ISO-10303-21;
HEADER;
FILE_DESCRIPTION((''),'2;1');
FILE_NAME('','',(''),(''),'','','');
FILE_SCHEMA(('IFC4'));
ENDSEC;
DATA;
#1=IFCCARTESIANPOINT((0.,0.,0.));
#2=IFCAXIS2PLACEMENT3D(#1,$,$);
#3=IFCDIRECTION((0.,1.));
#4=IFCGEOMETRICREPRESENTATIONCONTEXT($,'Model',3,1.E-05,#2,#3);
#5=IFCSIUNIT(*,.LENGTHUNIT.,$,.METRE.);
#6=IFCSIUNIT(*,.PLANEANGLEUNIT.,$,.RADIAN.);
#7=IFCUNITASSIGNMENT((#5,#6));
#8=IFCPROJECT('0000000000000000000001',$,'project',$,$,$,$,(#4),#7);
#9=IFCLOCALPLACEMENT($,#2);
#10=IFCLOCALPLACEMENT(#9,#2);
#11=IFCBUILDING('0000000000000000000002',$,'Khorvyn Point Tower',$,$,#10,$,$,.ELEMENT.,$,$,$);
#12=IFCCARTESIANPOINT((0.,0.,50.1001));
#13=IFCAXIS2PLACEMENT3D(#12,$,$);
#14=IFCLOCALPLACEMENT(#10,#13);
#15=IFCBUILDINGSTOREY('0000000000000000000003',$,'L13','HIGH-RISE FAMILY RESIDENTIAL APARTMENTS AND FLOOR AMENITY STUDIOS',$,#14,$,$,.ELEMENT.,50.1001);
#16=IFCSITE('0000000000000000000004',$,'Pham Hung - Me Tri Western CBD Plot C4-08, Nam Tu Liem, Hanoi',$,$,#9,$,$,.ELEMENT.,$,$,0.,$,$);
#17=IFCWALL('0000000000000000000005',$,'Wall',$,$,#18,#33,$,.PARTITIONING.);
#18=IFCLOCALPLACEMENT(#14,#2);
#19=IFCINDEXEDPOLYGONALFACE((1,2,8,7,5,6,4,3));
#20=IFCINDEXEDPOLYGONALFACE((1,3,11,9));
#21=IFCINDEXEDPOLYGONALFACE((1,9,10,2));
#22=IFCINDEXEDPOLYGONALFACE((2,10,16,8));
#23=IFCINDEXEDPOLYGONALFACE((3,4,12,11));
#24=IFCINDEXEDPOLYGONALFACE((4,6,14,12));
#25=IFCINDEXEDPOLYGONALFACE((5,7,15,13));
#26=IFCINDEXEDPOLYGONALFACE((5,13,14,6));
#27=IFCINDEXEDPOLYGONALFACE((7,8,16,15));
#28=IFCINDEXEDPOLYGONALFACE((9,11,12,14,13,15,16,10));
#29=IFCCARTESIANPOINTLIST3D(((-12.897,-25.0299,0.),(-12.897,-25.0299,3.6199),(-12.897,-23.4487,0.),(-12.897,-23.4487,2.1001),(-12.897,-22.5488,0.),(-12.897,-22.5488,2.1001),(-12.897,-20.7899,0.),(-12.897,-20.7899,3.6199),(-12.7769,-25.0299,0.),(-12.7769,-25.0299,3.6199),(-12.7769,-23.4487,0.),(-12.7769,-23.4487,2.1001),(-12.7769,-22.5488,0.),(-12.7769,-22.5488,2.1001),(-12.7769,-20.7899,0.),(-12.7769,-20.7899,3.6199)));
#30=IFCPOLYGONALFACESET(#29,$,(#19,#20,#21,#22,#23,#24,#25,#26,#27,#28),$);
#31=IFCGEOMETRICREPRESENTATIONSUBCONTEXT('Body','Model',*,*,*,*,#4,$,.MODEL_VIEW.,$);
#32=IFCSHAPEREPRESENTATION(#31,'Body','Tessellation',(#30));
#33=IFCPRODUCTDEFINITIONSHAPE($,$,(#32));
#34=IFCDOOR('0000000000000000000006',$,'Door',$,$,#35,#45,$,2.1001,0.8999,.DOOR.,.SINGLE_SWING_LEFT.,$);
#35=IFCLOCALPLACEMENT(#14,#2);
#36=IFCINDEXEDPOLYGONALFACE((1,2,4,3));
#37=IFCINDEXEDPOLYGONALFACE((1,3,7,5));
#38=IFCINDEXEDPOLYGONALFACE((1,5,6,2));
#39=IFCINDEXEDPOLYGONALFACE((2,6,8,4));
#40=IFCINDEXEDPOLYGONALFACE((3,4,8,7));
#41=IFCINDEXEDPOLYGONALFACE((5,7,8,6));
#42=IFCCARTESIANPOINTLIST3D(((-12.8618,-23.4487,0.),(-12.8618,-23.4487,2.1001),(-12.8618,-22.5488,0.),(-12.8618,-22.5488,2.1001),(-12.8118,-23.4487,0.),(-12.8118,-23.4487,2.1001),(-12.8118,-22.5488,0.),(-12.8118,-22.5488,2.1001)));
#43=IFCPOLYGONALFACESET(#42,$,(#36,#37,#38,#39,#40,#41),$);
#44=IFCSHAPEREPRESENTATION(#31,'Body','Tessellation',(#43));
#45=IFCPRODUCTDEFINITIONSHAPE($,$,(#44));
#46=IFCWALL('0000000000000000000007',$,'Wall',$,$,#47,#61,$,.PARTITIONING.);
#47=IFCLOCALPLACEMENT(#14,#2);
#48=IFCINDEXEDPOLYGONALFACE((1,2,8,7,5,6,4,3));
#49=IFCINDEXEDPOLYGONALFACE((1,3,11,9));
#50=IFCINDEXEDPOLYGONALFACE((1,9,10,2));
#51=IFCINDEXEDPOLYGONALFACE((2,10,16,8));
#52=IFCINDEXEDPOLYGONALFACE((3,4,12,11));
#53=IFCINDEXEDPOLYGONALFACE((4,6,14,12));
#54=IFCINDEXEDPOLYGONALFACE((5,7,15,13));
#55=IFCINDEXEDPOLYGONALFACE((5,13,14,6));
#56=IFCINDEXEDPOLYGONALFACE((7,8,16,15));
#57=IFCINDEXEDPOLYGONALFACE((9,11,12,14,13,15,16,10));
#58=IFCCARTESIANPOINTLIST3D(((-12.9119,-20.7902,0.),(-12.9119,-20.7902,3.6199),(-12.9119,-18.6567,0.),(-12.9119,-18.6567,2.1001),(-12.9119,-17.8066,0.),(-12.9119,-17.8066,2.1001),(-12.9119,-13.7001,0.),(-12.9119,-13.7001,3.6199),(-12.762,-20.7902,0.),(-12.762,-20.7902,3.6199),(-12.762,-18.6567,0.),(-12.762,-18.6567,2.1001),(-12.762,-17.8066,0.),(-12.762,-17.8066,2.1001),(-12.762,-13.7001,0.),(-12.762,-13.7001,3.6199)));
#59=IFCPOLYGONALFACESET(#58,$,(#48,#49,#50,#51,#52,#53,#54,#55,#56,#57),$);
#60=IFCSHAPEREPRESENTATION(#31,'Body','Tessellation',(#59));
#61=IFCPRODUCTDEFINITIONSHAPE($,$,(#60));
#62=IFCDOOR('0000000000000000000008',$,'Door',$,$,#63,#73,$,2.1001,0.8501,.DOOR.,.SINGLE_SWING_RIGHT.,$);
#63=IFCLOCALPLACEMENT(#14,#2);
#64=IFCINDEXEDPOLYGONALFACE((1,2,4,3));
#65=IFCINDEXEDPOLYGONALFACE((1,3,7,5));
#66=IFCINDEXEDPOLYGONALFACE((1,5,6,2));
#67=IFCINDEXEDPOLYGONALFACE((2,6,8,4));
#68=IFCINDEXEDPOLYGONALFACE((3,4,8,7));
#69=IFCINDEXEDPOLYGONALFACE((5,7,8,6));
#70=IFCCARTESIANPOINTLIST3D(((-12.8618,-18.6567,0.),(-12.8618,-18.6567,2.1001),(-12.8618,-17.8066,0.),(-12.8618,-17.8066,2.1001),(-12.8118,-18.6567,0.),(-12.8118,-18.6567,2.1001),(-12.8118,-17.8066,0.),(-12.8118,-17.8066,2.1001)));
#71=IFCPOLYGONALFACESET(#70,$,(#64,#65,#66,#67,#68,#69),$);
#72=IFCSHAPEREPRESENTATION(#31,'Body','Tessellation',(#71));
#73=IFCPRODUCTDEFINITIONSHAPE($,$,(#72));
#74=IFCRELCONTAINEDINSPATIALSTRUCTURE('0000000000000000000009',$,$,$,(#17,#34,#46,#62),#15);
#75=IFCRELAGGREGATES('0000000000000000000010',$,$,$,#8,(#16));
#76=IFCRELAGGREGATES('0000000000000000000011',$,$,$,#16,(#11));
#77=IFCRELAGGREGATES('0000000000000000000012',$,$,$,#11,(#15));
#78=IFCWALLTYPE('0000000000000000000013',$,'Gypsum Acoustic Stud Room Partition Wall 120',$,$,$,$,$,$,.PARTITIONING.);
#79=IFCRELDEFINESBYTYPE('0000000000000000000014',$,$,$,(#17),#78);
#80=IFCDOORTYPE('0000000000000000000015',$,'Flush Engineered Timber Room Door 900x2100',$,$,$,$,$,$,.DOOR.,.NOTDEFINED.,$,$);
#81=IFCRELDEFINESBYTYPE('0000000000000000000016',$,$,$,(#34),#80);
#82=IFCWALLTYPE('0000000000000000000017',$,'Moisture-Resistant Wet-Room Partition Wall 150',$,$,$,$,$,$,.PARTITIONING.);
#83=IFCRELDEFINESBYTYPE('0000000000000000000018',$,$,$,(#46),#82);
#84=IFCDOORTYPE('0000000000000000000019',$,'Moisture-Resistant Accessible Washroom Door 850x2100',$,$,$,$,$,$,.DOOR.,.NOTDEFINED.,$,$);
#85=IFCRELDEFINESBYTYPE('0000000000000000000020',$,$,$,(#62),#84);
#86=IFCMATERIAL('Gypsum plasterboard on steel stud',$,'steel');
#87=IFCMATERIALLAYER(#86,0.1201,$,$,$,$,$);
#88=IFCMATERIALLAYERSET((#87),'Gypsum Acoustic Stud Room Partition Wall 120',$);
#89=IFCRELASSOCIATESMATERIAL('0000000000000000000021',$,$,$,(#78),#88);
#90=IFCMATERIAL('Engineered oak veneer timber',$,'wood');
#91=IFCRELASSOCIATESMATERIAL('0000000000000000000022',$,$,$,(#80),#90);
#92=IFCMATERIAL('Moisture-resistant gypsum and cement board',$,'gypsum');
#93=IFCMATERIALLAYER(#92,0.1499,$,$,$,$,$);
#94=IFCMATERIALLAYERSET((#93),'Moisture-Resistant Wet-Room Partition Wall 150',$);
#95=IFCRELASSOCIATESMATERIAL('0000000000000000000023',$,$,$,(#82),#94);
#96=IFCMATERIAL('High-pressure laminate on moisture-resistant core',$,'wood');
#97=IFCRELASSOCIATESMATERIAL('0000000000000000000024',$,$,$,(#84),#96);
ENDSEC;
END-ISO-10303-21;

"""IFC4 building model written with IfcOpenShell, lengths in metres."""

from ifc_helpers import new_model, si_unit, direction, frame, frame_2d, origin, place, context, subcontext, project, spatial, rectangle, extrude, material, layer, layer_set, type_object, element, fill, save


model = new_model("IFC4")

# Units and contexts
model_context = context("Model", 3, precision=1e-05, world=origin(), true_north=direction((0.0, 1.0)))
body_context = subcontext(model_context, "Body", "Model", "MODEL_VIEW")
ifc_project = project(units=[si_unit("LENGTHUNIT", "METRE"), si_unit("PLANEANGLEUNIT", "RADIAN")], contexts=[model_context])

# Site, building, storey
site_placement = place(None, origin())
site = spatial("IfcSite", under=ifc_project, at=site_placement, Name="Pham Hung - Me Tri Western CBD Plot C4-08, Nam Tu Liem, Hanoi", CompositionType="ELEMENT", RefElevation=0.0)
building_placement = place(site_placement, origin())
building = spatial("IfcBuilding", under=site, at=building_placement, Name="Khorvyn Point Tower", CompositionType="ELEMENT")
storey_placement = place(building_placement, frame((0.0, 0.0, 50.1001)))
storey = spatial("IfcBuildingStorey", under=building, at=storey_placement, Name="L13", Description="HIGH-RISE FAMILY RESIDENTIAL APARTMENTS AND FLOOR AMENITY STUDIOS", CompositionType="ELEMENT", Elevation=50.1001)

# Walls, openings, doors
ifc_material_1 = material(Name="Gypsum plasterboard on steel stud", Category="steel")
ifc_layer_1 = layer(ifc_material_1, 0.1201)
ifc_layer_set_1 = layer_set([ifc_layer_1], Name="Gypsum Acoustic Stud Room Partition Wall 120")
wall_type_1 = type_object("IfcWallType", Name="Gypsum Acoustic Stud Room Partition Wall 120", PredefinedType="PARTITIONING", material=ifc_layer_set_1)
ifc_material_2 = material(Name="Engineered oak veneer timber", Category="wood")
door_type_1 = type_object("IfcDoorType", Name="Flush Engineered Timber Room Door 900x2100", OperationType="NOTDEFINED", PredefinedType="DOOR", material=ifc_material_2)
wall_1_placement = place(storey_placement, frame((-12.8369, -25.03, 0.0), z_axis=(0.0, 0.0, 1.0), x_axis=(0.0, 1.0, 0.0)))
wall_1 = element("IfcWall", 1, at=wall_1_placement, inside=storey, type_object=wall_type_1, Name="Wall", PredefinedType="PARTITIONING", context=body_context, shape_type="SweptSolid", body=[
    extrude(rectangle(XDim=4.24, YDim=0.1201, at=frame_2d((2.1201, 0.0))), origin(), (0.0, 0.0, 1.0), 3.6199),
])
opening_1_placement = place(wall_1_placement, frame((1.5813, 0.0, 0.0)))
opening_1 = element("IfcOpeningElement", 2, at=opening_1_placement, cuts=wall_1, PredefinedType="OPENING", context=body_context, shape_type="SweptSolid", body=[
    extrude(rectangle(XDim=0.8999, YDim=2.1001, at=frame_2d((0.45, 1.05))), frame((0.0, 0.0701, 0.0), z_axis=(0.0, -1.0, 0.0), x_axis=(1.0, 0.0, 0.0)), (0.0, 0.0, 1.0), 0.1401),
])
door_1_placement = place(opening_1_placement, origin())
door_1 = element("IfcDoor", 3, at=door_1_placement, inside=storey, type_object=door_type_1, Name="Door", OperationType="SINGLE_SWING_LEFT", OverallHeight=2.1001, OverallWidth=0.8999, PredefinedType="DOOR", context=body_context, shape_type="SweptSolid", body=[
    extrude(rectangle(XDim=0.8999, YDim=2.1001, at=frame_2d((0.45, 1.05))), frame((0.0, 0.0249, 0.0), z_axis=(0.0, -1.0, 0.0), x_axis=(1.0, 0.0, 0.0)), (0.0, 0.0, 1.0), 0.05),
])
fill(opening_1, door_1)
ifc_material_3 = material(Name="Moisture-resistant gypsum and cement board", Category="gypsum")
ifc_layer_2 = layer(ifc_material_3, 0.1499)
ifc_layer_set_2 = layer_set([ifc_layer_2], Name="Moisture-Resistant Wet-Room Partition Wall 150")
wall_type_2 = type_object("IfcWallType", Name="Moisture-Resistant Wet-Room Partition Wall 150", PredefinedType="PARTITIONING", material=ifc_layer_set_2)
wall_2_placement = place(storey_placement, frame((-12.8369, -20.79, 0.0), z_axis=(0.0, 0.0, 1.0), x_axis=(0.0, 1.0, 0.0)))
wall_2 = element("IfcWall", 4, at=wall_2_placement, inside=storey, type_object=wall_type_2, Name="Wall", PredefinedType="PARTITIONING", context=body_context, shape_type="SweptSolid", body=[
    extrude(rectangle(XDim=7.0901, YDim=0.1499, at=frame_2d((3.5449, 0.0))), origin(), (0.0, 0.0, 1.0), 3.6199),
])
opening_2_placement = place(wall_2_placement, frame((2.1333, 0.0, 0.0)))
opening_2 = element("IfcOpeningElement", 5, at=opening_2_placement, cuts=wall_2, PredefinedType="OPENING", context=body_context, shape_type="SweptSolid", body=[
    extrude(rectangle(XDim=0.8501, YDim=2.1001, at=frame_2d((0.425, 1.05))), frame((0.0, 0.085, 0.0), z_axis=(0.0, -1.0, 0.0), x_axis=(1.0, 0.0, 0.0)), (0.0, 0.0, 1.0), 0.1699),
])
ifc_material_4 = material(Name="High-pressure laminate on moisture-resistant core", Category="wood")
door_type_2 = type_object("IfcDoorType", Name="Moisture-Resistant Accessible Washroom Door 850x2100", OperationType="NOTDEFINED", PredefinedType="DOOR", material=ifc_material_4)
door_2_placement = place(opening_2_placement, origin())
door_2 = element("IfcDoor", 6, at=door_2_placement, inside=storey, type_object=door_type_2, Name="Door", OperationType="SINGLE_SWING_RIGHT", OverallHeight=2.1001, OverallWidth=0.8501, PredefinedType="DOOR", context=body_context, shape_type="SweptSolid", body=[
    extrude(rectangle(XDim=0.8501, YDim=2.1001, at=frame_2d((0.425, 1.05))), frame((0.0, 0.0249, 0.0), z_axis=(0.0, -1.0, 0.0), x_axis=(1.0, 0.0, 0.0)), (0.0, 0.0, 1.0), 0.05),
])
fill(opening_2, door_2)

save(model, "model.ifc")
